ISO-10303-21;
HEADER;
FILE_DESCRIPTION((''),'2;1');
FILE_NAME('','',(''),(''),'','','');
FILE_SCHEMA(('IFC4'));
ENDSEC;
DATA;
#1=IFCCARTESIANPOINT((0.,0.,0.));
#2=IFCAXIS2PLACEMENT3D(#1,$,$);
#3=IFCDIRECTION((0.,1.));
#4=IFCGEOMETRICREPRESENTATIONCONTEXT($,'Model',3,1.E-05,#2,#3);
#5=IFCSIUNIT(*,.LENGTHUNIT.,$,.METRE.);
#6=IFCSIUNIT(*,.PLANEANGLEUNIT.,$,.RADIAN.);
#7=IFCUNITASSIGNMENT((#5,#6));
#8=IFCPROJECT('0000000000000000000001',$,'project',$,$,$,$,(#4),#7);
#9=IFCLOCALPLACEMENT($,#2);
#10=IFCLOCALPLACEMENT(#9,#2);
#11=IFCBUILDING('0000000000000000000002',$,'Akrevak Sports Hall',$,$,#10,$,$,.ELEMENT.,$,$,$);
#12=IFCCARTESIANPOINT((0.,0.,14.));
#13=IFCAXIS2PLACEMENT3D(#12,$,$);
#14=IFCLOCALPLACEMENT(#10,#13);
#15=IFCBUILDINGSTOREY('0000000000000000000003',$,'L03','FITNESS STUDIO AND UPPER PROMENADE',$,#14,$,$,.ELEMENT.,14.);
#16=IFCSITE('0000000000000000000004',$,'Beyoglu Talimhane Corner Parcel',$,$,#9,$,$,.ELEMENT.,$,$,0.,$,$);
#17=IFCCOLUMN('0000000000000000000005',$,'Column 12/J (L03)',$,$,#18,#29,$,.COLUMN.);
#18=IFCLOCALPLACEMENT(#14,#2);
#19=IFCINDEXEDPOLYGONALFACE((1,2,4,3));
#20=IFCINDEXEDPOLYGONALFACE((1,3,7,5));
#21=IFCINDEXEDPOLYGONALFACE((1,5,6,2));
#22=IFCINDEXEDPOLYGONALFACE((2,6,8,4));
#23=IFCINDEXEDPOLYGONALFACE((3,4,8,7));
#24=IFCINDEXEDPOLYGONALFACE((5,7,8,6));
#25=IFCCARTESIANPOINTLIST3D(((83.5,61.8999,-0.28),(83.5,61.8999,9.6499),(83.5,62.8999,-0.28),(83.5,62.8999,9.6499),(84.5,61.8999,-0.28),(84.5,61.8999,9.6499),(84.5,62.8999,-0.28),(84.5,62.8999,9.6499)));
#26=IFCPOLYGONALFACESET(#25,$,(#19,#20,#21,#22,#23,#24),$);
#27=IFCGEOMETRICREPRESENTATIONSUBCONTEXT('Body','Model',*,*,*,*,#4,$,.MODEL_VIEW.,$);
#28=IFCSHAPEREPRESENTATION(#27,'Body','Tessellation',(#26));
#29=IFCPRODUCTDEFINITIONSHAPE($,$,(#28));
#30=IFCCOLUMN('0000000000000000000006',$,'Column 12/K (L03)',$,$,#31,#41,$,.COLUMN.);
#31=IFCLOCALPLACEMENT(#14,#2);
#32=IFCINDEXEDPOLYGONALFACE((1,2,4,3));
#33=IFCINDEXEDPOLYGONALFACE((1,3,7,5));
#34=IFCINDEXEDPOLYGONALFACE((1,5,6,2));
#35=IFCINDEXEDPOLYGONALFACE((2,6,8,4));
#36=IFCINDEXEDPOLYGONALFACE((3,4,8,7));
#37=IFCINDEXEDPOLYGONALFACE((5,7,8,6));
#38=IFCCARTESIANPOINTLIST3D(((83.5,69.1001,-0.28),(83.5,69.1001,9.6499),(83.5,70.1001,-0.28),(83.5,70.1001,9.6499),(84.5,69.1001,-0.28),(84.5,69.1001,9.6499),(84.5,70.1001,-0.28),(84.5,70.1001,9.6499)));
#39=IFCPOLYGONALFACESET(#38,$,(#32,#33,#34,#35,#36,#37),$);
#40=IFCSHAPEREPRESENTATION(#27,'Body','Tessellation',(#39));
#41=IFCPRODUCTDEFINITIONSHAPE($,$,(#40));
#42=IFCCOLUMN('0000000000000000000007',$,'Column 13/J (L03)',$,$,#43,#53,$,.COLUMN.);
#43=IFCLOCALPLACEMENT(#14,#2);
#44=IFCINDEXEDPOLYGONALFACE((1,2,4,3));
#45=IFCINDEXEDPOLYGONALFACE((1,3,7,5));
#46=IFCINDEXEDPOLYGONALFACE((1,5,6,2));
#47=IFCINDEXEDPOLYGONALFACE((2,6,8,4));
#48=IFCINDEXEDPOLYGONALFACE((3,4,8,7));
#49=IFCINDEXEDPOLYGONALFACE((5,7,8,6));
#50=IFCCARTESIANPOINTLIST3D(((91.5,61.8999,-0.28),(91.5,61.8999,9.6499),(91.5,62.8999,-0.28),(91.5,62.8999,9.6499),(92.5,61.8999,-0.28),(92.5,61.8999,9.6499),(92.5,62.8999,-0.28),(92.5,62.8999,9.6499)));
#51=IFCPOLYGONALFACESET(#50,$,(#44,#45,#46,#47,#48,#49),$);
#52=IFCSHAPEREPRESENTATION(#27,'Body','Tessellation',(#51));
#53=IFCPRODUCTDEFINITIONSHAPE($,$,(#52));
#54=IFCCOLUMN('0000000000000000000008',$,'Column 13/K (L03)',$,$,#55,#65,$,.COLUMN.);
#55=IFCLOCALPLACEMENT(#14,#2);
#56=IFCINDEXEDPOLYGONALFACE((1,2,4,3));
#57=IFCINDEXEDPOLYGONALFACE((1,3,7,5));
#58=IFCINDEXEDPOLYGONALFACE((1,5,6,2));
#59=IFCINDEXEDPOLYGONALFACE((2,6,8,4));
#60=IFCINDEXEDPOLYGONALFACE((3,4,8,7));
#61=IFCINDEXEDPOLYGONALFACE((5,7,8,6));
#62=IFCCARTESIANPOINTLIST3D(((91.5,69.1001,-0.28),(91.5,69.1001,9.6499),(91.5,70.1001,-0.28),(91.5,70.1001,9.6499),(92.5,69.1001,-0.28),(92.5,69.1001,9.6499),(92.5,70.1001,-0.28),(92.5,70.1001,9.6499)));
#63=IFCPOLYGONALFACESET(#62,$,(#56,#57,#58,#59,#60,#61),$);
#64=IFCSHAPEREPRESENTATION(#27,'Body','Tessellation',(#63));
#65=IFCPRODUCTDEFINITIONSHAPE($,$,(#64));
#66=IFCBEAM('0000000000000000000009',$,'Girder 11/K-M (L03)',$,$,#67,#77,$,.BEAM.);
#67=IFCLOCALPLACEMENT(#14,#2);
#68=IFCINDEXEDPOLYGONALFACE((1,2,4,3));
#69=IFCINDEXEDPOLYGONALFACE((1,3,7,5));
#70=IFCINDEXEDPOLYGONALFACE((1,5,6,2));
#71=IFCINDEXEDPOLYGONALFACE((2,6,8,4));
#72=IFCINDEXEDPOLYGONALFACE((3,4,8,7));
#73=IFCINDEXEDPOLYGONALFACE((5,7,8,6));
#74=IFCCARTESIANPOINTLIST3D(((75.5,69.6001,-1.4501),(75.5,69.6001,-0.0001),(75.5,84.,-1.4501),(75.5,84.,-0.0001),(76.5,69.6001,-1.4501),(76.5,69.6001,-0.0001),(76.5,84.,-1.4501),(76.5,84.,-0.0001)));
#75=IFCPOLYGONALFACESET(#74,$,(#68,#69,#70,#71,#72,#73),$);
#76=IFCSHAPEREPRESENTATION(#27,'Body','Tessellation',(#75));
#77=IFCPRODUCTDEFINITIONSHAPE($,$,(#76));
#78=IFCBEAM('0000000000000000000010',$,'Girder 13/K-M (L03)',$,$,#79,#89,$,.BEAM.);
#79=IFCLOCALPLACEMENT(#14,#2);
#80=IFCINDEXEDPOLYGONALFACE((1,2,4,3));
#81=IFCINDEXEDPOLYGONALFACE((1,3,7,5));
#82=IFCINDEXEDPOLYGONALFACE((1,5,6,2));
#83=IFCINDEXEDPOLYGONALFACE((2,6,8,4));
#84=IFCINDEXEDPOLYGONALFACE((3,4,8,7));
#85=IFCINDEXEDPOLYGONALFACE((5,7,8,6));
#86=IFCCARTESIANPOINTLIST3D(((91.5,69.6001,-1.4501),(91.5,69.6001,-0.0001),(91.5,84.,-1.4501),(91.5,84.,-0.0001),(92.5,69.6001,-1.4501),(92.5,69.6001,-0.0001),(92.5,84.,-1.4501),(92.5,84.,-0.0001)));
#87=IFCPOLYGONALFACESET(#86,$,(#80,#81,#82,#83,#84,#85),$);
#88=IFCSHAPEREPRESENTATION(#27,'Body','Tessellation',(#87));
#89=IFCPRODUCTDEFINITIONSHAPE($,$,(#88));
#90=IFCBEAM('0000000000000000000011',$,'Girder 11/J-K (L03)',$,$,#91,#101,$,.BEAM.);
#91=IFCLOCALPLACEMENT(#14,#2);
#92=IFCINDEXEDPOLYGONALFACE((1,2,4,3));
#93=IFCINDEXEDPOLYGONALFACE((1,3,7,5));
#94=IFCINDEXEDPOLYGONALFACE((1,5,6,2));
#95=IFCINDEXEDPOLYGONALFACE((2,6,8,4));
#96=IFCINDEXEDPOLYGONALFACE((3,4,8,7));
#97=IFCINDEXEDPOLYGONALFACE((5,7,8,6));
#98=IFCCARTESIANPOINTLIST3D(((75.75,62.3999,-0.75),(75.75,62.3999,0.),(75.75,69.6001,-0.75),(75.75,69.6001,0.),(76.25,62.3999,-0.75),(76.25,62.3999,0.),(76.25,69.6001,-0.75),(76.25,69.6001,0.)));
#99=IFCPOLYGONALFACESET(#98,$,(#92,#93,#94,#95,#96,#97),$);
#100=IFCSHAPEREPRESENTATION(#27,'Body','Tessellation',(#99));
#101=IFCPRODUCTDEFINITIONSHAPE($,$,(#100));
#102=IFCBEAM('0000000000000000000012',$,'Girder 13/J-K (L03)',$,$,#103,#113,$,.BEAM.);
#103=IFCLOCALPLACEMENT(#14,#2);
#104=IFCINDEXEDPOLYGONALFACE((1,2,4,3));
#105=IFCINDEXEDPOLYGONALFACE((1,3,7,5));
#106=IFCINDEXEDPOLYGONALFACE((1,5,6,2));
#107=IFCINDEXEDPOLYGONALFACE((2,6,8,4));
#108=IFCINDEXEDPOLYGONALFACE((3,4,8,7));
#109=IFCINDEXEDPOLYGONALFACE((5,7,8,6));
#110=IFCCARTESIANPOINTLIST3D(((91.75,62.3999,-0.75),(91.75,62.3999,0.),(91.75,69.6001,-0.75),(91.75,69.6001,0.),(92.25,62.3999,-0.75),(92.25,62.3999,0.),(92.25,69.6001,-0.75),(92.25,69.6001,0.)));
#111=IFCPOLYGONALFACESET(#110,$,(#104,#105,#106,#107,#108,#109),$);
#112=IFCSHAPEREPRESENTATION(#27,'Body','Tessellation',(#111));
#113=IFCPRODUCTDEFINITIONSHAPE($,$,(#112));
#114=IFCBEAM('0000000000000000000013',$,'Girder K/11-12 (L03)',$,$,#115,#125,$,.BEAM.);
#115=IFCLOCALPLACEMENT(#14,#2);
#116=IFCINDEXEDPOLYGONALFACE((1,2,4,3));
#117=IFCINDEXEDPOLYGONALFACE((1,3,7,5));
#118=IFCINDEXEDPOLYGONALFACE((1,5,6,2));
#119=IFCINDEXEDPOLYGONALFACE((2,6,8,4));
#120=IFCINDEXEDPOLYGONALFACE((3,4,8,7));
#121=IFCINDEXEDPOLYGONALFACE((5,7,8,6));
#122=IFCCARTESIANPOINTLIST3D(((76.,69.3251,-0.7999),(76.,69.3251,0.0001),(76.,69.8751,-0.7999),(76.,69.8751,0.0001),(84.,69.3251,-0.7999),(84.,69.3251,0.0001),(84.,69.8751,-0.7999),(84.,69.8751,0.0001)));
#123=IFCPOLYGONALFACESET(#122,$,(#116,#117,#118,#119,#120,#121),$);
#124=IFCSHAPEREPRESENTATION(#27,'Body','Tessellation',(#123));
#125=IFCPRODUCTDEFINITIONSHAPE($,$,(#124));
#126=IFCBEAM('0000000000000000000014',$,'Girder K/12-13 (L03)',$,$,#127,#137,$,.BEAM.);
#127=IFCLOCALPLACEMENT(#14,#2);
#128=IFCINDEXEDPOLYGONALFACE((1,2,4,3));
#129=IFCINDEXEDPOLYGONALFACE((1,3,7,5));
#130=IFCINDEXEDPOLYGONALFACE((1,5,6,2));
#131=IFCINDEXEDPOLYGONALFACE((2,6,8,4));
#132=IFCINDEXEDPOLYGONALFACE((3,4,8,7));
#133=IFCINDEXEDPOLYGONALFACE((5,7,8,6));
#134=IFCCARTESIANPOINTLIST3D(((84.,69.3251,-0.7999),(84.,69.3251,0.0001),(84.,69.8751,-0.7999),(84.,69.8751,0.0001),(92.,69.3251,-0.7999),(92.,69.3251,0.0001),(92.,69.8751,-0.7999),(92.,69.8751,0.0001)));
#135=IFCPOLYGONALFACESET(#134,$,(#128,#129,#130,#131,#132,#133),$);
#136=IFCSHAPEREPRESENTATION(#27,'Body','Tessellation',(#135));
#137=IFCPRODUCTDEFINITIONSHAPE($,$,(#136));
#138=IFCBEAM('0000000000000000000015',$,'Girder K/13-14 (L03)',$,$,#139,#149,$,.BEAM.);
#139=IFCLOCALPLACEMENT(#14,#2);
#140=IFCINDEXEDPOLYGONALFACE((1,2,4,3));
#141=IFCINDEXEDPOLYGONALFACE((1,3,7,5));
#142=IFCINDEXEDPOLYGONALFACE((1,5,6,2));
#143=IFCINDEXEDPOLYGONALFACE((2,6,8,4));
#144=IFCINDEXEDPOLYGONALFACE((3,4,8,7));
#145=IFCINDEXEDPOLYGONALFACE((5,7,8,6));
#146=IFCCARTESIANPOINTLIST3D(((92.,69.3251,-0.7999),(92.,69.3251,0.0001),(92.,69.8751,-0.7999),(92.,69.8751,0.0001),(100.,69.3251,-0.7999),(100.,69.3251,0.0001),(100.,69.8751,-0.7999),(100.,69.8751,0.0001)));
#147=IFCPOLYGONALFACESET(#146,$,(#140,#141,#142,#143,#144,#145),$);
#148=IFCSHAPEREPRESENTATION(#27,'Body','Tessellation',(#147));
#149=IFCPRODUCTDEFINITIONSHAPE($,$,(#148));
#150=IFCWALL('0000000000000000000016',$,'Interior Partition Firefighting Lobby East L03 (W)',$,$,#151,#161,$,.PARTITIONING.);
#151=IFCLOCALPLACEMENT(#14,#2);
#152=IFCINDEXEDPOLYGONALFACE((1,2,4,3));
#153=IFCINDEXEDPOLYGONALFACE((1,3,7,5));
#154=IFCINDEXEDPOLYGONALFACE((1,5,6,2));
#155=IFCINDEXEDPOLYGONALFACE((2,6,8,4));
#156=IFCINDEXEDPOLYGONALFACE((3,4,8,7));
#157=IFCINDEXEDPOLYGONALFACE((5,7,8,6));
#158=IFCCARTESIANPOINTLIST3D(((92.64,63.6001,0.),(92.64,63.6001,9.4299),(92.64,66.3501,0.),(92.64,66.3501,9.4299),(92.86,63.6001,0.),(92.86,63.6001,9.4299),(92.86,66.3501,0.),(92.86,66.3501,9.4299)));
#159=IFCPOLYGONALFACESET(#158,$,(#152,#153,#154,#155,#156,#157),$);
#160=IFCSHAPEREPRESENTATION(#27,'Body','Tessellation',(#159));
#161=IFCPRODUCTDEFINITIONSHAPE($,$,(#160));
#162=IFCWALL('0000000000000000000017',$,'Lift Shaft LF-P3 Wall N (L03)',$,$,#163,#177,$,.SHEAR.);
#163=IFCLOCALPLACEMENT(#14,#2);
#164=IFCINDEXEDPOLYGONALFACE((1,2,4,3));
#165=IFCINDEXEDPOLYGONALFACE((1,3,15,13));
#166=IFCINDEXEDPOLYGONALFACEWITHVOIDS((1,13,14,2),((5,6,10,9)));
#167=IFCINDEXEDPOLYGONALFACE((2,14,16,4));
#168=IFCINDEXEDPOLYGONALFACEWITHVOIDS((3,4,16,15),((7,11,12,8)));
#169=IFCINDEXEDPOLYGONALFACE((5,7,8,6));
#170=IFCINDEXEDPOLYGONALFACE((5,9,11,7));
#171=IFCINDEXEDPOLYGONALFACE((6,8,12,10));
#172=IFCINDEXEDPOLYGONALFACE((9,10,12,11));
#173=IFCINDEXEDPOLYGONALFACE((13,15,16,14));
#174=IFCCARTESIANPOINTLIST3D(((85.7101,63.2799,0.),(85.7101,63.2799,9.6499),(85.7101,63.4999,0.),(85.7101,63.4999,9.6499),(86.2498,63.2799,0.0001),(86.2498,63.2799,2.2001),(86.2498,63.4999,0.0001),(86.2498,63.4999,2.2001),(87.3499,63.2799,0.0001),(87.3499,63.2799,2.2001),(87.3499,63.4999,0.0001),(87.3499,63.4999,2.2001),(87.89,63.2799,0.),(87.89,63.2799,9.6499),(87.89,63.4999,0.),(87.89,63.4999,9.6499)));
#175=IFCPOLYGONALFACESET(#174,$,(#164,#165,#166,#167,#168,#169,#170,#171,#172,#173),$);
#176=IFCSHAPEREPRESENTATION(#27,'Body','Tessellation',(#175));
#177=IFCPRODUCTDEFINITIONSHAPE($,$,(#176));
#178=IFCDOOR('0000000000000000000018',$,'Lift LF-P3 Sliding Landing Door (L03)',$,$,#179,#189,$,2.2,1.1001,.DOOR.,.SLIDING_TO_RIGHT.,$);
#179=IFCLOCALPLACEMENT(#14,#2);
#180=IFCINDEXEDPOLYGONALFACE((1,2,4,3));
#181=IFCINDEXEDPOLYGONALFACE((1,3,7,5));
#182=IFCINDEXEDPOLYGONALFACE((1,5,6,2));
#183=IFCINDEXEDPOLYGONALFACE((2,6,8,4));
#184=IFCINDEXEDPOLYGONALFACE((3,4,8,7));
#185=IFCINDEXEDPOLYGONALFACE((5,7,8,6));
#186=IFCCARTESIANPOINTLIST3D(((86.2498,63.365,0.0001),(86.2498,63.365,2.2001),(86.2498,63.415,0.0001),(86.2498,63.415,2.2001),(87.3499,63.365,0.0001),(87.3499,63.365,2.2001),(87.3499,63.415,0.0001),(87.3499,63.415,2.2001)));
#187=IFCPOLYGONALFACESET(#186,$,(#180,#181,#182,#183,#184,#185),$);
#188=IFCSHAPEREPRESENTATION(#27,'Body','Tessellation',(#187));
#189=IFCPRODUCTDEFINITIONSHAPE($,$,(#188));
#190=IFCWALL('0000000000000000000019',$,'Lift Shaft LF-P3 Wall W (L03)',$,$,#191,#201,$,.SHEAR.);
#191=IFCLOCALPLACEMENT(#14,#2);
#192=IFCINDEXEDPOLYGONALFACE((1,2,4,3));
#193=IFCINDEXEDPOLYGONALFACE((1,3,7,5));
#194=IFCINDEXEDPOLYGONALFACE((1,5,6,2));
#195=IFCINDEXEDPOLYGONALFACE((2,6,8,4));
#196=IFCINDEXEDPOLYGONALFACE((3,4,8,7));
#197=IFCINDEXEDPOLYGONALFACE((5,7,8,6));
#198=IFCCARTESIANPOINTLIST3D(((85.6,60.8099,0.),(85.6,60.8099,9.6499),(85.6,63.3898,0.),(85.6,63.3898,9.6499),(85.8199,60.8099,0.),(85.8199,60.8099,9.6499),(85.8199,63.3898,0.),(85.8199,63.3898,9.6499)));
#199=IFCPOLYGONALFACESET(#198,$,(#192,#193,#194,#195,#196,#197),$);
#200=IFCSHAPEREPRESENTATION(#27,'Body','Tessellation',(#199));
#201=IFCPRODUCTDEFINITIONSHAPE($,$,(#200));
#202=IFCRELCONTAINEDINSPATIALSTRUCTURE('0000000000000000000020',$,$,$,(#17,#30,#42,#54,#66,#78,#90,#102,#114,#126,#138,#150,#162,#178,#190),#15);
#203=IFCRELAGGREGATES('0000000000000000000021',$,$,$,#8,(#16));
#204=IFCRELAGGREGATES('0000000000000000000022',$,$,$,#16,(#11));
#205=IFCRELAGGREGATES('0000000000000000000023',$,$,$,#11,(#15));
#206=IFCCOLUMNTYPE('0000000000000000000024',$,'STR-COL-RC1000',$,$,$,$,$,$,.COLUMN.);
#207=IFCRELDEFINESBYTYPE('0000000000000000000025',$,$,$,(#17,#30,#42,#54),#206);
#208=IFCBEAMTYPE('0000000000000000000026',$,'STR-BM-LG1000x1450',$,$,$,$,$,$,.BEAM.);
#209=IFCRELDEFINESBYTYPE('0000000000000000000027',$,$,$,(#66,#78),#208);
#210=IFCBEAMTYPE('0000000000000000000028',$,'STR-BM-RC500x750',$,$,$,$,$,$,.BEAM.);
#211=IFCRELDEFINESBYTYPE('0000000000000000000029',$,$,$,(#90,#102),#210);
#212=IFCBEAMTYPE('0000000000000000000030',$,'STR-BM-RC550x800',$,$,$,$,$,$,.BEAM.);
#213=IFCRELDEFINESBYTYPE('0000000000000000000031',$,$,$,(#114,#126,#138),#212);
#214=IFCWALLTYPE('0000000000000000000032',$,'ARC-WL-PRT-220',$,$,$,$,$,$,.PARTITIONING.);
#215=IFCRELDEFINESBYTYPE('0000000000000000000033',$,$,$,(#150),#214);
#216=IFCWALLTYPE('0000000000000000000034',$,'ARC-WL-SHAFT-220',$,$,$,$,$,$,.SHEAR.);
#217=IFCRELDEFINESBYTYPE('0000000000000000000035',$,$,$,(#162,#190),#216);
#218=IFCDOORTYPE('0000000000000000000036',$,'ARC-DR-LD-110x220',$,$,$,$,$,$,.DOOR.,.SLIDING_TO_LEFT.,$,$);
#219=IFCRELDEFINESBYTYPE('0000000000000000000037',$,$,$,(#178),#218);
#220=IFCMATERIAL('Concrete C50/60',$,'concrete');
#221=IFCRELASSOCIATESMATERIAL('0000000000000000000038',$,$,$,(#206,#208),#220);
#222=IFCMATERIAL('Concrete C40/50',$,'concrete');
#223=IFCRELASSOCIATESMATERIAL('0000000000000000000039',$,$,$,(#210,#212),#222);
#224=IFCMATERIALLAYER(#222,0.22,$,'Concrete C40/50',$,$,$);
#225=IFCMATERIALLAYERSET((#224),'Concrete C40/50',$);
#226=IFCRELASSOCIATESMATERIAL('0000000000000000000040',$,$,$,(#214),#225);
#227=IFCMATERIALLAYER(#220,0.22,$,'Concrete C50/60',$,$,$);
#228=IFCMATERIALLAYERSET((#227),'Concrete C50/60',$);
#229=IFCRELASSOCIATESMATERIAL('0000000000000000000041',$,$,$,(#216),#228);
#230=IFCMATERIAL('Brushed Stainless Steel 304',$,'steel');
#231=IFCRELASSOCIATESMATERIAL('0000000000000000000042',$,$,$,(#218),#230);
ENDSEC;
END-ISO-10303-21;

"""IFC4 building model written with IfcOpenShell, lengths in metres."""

from ifc_helpers import new_model, si_unit, direction, frame, frame_2d, origin, origin_2d, place, context, subcontext, project, spatial, rectangle, extrude, material, layer, layer_set, material_profile, profile_set, type_object, element, fill, save


model = new_model("IFC4")

# Units and contexts
model_context = context("Model", 3, precision=1e-05, world=origin(), true_north=direction((0.0, 1.0)))
body_context = subcontext(model_context, "Body", "Model", "MODEL_VIEW")
ifc_project = project(units=[si_unit("LENGTHUNIT", "METRE"), si_unit("PLANEANGLEUNIT", "RADIAN")], contexts=[model_context])

# Site, building, storey
site_placement = place(None, origin())
site = spatial("IfcSite", under=ifc_project, at=site_placement, Name="Beyoglu Talimhane Corner Parcel", CompositionType="ELEMENT", RefElevation=0.0)
building_placement = place(site_placement, origin())
building = spatial("IfcBuilding", under=site, at=building_placement, Name="Akrevak Sports Hall", CompositionType="ELEMENT")
storey_placement = place(building_placement, frame((0.0, 0.0, 14.0)))
storey = spatial("IfcBuildingStorey", under=building, at=storey_placement, Name="L03", Description="FITNESS STUDIO AND UPPER PROMENADE", CompositionType="ELEMENT", Elevation=14.0)

# Columns
ifc_material_1 = material(Name="Concrete C50/60", Category="concrete")
ifc_material_profile_1 = material_profile(ifc_material_1, rectangle(XDim=1.0, YDim=1.0, at=origin_2d()), Name="RC 1000x1000", Category="concrete")
ifc_profile_set_1 = profile_set([ifc_material_profile_1], Name="Concrete C50/60")
column_type = type_object("IfcColumnType", Name="STR-COL-RC1000", PredefinedType="COLUMN", material=ifc_profile_set_1)
for number, where, z_axis, x_axis, name in (
    (1, (84.0, 62.3999, -0.28), (0.0, 0.0, 1.0), (1.0, 0.0, 0.0), "Column 12/J (L03)"),
    (2, (84.0, 69.6001, -0.28), (0.0, 0.0, 1.0), (1.0, 0.0, 0.0), "Column 12/K (L03)"),
    (3, (92.0, 62.3999, -0.28), (0.0, 0.0, 1.0), (1.0, 0.0, 0.0), "Column 13/J (L03)"),
    (4, (92.0, 69.6001, -0.28), (0.0, 0.0, 1.0), (1.0, 0.0, 0.0), "Column 13/K (L03)"),
):
    element("IfcColumn", number, at=place(storey_placement, frame(where, z_axis=z_axis, x_axis=x_axis)), inside=storey, type_object=column_type, Name=name, PredefinedType="COLUMN", context=body_context, shape_type="SweptSolid", body=[
        extrude(rectangle(XDim=1.0, YDim=1.0, at=origin_2d()), origin(), (0.0, 0.0, 1.0), 9.9299),
    ])

# Beams
ifc_material_profile_2 = material_profile(ifc_material_1, rectangle(XDim=1.0, YDim=1.45, at=origin_2d()), Name="BM 1000x1450", Category="concrete")
ifc_profile_set_2 = profile_set([ifc_material_profile_2], Name="Concrete C50/60")
beam_type_1 = type_object("IfcBeamType", Name="STR-BM-LG1000x1450", PredefinedType="BEAM", material=ifc_profile_set_2)
for number, where, z_axis, x_axis, name in (
    (5, (76.0, 69.6001, -0.7251), (0.0, 1.0, 0.0), (-1.0, 0.0, 0.0), "Girder 11/K-M (L03)"),
    (6, (92.0, 69.6001, -0.7251), (0.0, 1.0, 0.0), (-1.0, 0.0, 0.0), "Girder 13/K-M (L03)"),
):
    element("IfcBeam", number, at=place(storey_placement, frame(where, z_axis=z_axis, x_axis=x_axis)), inside=storey, type_object=beam_type_1, Name=name, PredefinedType="BEAM", context=body_context, shape_type="SweptSolid", body=[
        extrude(rectangle(XDim=1.0, YDim=1.45, at=origin_2d()), origin(), (0.0, 0.0, 1.0), 14.3999),
    ])
ifc_material_2 = material(Name="Concrete C40/50", Category="concrete")
ifc_material_profile_3 = material_profile(ifc_material_2, rectangle(XDim=0.5, YDim=0.75, at=origin_2d()), Name="BM 500x750", Category="concrete")
ifc_profile_set_3 = profile_set([ifc_material_profile_3], Name="Concrete C40/50")
beam_type_2 = type_object("IfcBeamType", Name="STR-BM-RC500x750", PredefinedType="BEAM", material=ifc_profile_set_3)
for number, where, z_axis, x_axis, name in (
    (7, (76.0, 62.3999, -0.375), (0.0, 1.0, 0.0), (-1.0, 0.0, 0.0), "Girder 11/J-K (L03)"),
    (8, (92.0, 62.3999, -0.375), (0.0, 1.0, 0.0), (-1.0, 0.0, 0.0), "Girder 13/J-K (L03)"),
):
    element("IfcBeam", number, at=place(storey_placement, frame(where, z_axis=z_axis, x_axis=x_axis)), inside=storey, type_object=beam_type_2, Name=name, PredefinedType="BEAM", context=body_context, shape_type="SweptSolid", body=[
        extrude(rectangle(XDim=0.5, YDim=0.75, at=origin_2d()), origin(), (0.0, 0.0, 1.0), 7.2002),
    ])
ifc_material_profile_4 = material_profile(ifc_material_2, rectangle(XDim=0.55, YDim=0.8, at=origin_2d()), Name="BM 550x800", Category="concrete")
ifc_profile_set_4 = profile_set([ifc_material_profile_4], Name="Concrete C40/50")
beam_type_3 = type_object("IfcBeamType", Name="STR-BM-RC550x800", PredefinedType="BEAM", material=ifc_profile_set_4)
for number, where, z_axis, x_axis, name in (
    (9, (76.0, 69.6001, -0.3999), (1.0, 0.0, 0.0), (0.0, 1.0, 0.0), "Girder K/11-12 (L03)"),
    (10, (84.0, 69.6001, -0.3999), (1.0, 0.0, 0.0), (0.0, 1.0, 0.0), "Girder K/12-13 (L03)"),
    (11, (92.0, 69.6001, -0.3999), (1.0, 0.0, 0.0), (0.0, 1.0, 0.0), "Girder K/13-14 (L03)"),
):
    element("IfcBeam", number, at=place(storey_placement, frame(where, z_axis=z_axis, x_axis=x_axis)), inside=storey, type_object=beam_type_3, Name=name, PredefinedType="BEAM", context=body_context, shape_type="SweptSolid", body=[
        extrude(rectangle(XDim=0.55, YDim=0.8, at=origin_2d()), origin(), (0.0, 0.0, 1.0), 8.0),
    ])

# Wall
ifc_layer_1 = layer(ifc_material_2, 0.22, Name="Concrete C40/50")
ifc_layer_set_1 = layer_set([ifc_layer_1], Name="Concrete C40/50")
wall_type_1 = type_object("IfcWallType", Name="ARC-WL-PRT-220", PredefinedType="PARTITIONING", material=ifc_layer_set_1)
wall_1_placement = place(storey_placement, frame((92.75, 63.6001, 0.0), z_axis=(0.0, 0.0, 1.0), x_axis=(0.0, 1.0, 0.0)))
element("IfcWall", 12, at=wall_1_placement, inside=storey, type_object=wall_type_1, Name="Interior Partition Firefighting Lobby East L03 (W)", PredefinedType="PARTITIONING", context=body_context, shape_type="SweptSolid", body=[
    extrude(rectangle(XDim=2.75, YDim=0.22, at=frame_2d((1.375, 0.0))), origin(), (0.0, 0.0, 1.0), 9.4299),
])

# Wall, opening, door
ifc_layer_2 = layer(ifc_material_1, 0.22, Name="Concrete C50/60")
ifc_layer_set_2 = layer_set([ifc_layer_2], Name="Concrete C50/60")
wall_type_2 = type_object("IfcWallType", Name="ARC-WL-SHAFT-220", PredefinedType="SHEAR", material=ifc_layer_set_2)
wall_2_placement = place(storey_placement, frame((87.8899, 63.3899, 0.0), z_axis=(0.0, 0.0, 1.0), x_axis=(-1.0, 0.0, 0.0)))
wall_2 = element("IfcWall", 13, at=wall_2_placement, inside=storey, type_object=wall_type_2, Name="Lift Shaft LF-P3 Wall N (L03)", PredefinedType="SHEAR", context=body_context, shape_type="SweptSolid", body=[
    extrude(rectangle(XDim=2.1799, YDim=0.22, at=frame_2d((1.0898, 0.0))), origin(), (0.0, 0.0, 1.0), 9.6499),
])
opening_1_placement = place(wall_2_placement, frame((0.54, 0.0, 0.0)))
opening_1 = element("IfcOpeningElement", 14, at=opening_1_placement, cuts=wall_2, PredefinedType="OPENING", context=body_context, shape_type="SweptSolid", body=[
    extrude(rectangle(XDim=1.1001, YDim=2.2, at=frame_2d((0.55, 1.1001))), frame((0.0, 0.1221, 0.0), z_axis=(0.0, -1.0, 0.0), x_axis=(1.0, 0.0, 0.0)), (0.0, 0.0, 1.0), 0.2439),
])
ifc_material_3 = material(Name="Brushed Stainless Steel 304", Category="steel")
door_type_1 = type_object("IfcDoorType", Name="ARC-DR-LD-110x220", OperationType="SLIDING_TO_LEFT", PredefinedType="DOOR", material=ifc_material_3)
door_1_placement = place(opening_1_placement, origin())
door_1 = element("IfcDoor", 15, at=door_1_placement, inside=storey, type_object=door_type_1, Name="Lift LF-P3 Sliding Landing Door (L03)", OperationType="SLIDING_TO_RIGHT", OverallHeight=2.2, OverallWidth=1.1001, PredefinedType="DOOR", context=body_context, shape_type="SweptSolid", body=[
    extrude(rectangle(XDim=1.1001, YDim=2.2, at=frame_2d((0.55, 1.1001))), frame((0.0, 0.0249, 0.0), z_axis=(0.0, -1.0, 0.0), x_axis=(1.0, 0.0, 0.0)), (0.0, 0.0, 1.0), 0.05),
])
fill(opening_1, door_1)

# Wall
wall_3_placement = place(storey_placement, frame((85.71, 63.3899, 0.0), z_axis=(0.0, 0.0, 1.0), x_axis=(0.0, -1.0, 0.0)))
element("IfcWall", 16, at=wall_3_placement, inside=storey, type_object=wall_type_2, Name="Lift Shaft LF-P3 Wall W (L03)", PredefinedType="SHEAR", context=body_context, shape_type="SweptSolid", body=[
    extrude(rectangle(XDim=2.5798, YDim=0.22, at=frame_2d((1.29, 0.0))), origin(), (0.0, 0.0, 1.0), 9.6499),
])

save(model, "model.ifc")
